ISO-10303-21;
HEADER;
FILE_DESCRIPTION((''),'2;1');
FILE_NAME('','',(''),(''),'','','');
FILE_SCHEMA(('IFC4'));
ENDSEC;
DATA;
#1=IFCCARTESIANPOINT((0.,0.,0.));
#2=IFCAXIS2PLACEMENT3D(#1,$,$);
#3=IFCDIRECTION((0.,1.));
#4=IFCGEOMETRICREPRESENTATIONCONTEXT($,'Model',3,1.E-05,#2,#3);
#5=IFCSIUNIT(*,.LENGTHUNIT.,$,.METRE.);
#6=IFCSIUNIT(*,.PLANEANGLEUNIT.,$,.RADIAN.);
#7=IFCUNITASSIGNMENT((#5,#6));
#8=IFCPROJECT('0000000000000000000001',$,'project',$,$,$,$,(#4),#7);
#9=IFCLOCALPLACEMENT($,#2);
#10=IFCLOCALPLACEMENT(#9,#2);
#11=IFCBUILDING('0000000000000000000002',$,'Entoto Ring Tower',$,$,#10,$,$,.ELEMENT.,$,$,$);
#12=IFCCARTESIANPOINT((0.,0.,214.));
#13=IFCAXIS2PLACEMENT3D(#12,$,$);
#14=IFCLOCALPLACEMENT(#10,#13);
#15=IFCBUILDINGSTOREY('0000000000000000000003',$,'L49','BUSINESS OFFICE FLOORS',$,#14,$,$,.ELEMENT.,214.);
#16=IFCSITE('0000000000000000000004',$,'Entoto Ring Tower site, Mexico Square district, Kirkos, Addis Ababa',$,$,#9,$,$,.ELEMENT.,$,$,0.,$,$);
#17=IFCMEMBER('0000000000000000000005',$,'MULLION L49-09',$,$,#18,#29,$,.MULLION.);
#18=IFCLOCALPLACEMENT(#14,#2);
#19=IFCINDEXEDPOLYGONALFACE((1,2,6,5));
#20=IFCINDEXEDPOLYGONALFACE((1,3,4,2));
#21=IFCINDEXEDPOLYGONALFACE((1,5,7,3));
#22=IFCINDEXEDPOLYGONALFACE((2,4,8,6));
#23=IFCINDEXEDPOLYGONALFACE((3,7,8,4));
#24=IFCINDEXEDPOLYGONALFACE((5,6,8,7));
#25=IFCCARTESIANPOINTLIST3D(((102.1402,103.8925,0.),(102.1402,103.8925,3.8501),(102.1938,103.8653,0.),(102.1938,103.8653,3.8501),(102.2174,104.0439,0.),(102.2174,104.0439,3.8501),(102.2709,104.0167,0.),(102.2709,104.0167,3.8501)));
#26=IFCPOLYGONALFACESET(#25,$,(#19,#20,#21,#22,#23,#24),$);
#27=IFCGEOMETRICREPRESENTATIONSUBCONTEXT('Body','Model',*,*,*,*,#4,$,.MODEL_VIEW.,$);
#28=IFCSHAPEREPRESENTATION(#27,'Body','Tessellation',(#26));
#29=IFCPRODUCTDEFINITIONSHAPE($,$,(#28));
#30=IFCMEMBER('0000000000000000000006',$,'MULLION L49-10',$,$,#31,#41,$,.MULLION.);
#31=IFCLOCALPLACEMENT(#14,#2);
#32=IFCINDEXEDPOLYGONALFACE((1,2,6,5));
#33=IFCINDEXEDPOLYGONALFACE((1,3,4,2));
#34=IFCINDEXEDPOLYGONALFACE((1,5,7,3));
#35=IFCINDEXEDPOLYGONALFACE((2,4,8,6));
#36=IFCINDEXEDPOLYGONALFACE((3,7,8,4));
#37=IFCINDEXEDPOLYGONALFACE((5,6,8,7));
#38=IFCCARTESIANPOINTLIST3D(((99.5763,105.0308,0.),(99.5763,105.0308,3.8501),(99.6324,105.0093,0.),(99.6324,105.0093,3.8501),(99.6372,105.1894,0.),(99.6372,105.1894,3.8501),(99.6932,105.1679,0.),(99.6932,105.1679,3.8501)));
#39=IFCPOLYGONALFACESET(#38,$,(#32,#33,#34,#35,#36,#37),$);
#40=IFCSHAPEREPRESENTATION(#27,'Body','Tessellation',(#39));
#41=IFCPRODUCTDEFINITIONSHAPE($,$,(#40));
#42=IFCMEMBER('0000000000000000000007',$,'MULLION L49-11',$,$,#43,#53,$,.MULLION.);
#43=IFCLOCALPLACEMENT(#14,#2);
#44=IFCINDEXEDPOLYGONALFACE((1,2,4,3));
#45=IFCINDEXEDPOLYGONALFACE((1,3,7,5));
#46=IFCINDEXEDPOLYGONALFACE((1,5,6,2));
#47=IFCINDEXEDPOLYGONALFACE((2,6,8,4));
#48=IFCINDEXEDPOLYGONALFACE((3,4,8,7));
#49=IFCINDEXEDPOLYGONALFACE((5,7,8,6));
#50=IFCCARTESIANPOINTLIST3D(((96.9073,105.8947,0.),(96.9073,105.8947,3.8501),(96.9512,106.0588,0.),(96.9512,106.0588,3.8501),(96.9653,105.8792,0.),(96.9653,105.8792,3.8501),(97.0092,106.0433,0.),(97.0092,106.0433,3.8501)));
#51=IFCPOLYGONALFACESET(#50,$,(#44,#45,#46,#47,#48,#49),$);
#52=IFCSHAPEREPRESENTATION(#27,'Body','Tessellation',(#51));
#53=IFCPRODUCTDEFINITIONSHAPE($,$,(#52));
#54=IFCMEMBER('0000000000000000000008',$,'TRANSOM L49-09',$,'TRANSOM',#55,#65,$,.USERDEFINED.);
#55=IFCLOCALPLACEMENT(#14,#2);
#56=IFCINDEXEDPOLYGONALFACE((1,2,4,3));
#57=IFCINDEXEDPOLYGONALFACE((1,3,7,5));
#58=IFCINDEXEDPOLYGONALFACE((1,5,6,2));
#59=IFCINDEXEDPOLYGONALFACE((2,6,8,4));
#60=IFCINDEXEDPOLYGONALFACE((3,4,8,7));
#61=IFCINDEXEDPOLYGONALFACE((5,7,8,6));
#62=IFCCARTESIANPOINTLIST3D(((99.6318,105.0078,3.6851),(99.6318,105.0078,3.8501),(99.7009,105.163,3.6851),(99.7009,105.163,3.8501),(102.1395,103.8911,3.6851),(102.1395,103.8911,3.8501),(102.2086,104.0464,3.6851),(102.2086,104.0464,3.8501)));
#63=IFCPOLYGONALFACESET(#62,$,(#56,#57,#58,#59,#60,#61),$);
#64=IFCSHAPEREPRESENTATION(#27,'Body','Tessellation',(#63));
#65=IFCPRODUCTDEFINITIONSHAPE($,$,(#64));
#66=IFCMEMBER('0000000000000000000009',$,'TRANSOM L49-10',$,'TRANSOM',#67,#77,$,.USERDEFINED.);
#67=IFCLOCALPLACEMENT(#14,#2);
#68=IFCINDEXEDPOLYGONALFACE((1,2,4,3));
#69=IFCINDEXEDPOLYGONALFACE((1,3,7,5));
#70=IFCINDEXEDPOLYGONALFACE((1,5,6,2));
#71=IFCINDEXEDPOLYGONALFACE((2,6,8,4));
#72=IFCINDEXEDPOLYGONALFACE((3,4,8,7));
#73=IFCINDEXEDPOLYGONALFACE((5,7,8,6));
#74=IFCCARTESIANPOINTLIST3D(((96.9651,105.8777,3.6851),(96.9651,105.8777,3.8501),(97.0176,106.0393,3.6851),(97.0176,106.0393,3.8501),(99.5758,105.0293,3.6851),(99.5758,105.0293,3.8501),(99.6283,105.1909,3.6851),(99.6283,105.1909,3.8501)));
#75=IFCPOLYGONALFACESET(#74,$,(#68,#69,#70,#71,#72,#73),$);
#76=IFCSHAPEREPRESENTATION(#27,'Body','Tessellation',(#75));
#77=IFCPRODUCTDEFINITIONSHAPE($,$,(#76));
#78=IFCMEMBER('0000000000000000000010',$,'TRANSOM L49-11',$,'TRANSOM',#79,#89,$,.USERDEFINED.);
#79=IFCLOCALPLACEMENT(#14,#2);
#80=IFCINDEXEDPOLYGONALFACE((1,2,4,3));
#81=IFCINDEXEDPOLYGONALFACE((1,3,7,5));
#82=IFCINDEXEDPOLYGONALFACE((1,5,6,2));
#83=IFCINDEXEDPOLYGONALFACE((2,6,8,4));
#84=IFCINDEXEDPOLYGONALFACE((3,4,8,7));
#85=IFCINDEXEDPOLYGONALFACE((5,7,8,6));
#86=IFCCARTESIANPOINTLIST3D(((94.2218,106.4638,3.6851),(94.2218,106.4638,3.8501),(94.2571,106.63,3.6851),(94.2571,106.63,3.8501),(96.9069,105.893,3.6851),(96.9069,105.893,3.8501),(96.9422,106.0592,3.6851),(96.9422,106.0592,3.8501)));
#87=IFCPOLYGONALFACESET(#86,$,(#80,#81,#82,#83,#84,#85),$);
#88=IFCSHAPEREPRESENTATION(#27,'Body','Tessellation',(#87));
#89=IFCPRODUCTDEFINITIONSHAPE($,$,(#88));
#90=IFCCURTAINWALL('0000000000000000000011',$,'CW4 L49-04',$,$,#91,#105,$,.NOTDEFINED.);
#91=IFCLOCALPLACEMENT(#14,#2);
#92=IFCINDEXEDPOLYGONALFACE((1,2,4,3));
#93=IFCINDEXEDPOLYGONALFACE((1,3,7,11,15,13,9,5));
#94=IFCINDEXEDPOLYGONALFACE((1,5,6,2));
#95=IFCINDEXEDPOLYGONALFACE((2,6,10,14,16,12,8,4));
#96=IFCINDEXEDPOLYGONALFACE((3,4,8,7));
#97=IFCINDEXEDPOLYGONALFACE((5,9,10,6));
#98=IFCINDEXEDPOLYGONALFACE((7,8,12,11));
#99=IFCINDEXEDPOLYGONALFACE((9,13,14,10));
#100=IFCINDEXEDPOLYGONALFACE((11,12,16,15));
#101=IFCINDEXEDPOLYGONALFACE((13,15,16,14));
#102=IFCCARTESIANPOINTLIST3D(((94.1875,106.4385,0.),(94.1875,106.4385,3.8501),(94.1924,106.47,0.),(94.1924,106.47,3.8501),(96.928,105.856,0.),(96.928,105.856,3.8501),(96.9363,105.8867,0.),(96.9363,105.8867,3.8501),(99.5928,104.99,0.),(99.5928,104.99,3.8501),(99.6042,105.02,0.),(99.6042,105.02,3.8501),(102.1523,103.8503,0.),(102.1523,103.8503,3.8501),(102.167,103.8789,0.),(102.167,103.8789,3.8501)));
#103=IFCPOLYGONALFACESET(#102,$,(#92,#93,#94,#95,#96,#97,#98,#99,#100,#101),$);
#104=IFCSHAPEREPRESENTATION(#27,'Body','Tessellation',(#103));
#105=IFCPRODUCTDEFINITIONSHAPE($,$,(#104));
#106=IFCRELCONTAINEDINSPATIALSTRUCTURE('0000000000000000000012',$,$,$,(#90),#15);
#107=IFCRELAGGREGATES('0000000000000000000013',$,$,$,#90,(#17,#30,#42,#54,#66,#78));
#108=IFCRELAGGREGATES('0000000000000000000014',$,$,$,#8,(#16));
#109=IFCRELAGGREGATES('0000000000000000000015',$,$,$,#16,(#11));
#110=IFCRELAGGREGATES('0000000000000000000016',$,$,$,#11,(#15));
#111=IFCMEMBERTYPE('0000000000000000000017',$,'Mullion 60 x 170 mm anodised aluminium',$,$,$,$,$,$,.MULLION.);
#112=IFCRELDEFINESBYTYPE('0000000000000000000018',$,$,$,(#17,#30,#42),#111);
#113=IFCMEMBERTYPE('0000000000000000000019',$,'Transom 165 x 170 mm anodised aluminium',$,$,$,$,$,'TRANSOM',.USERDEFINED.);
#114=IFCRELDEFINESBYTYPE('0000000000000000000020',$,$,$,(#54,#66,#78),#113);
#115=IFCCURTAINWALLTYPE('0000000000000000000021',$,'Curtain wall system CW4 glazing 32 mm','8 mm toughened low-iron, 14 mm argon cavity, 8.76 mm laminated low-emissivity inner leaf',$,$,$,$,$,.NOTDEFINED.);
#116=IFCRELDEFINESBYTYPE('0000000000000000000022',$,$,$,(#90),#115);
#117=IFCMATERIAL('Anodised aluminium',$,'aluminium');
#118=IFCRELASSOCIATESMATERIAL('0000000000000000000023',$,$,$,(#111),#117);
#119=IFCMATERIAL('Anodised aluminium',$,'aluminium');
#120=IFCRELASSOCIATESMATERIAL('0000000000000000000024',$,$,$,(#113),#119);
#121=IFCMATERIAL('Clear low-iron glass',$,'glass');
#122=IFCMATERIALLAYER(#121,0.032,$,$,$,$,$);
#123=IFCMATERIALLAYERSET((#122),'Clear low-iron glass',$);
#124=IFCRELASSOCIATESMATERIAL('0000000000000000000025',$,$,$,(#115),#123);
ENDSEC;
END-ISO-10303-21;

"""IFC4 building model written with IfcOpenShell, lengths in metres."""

from ifc_helpers import new_model, si_unit, direction, frame, origin, origin_2d, place, context, subcontext, project, spatial, polyline, rectangle, outline, extrude, material, layer, layer_set, material_profile, profile_set, type_object, element, aggregate, save


model = new_model("IFC4")

# Units and contexts
model_context = context("Model", 3, precision=1e-05, world=origin(), true_north=direction((0.0, 1.0)))
body_context = subcontext(model_context, "Body", "Model", "MODEL_VIEW")
ifc_project = project(units=[si_unit("LENGTHUNIT", "METRE"), si_unit("PLANEANGLEUNIT", "RADIAN")], contexts=[model_context])

# Members
ifc_material_1 = material(Name="Anodised aluminium", Category="aluminium")
ifc_material_profile_1 = material_profile(ifc_material_1, rectangle(XDim=0.0601, YDim=0.1699, at=origin_2d()), Name="Mullion 60 x 170 mm anodised aluminium")
ifc_profile_set_1 = profile_set([ifc_material_profile_1], Name="Anodised aluminium")
member_type_1 = type_object("IfcMemberType", Name="Mullion 60 x 170 mm anodised aluminium", PredefinedType="MULLION", material=ifc_profile_set_1)
site_placement = place(None, origin())
building_placement = place(site_placement, origin())
storey_placement = place(building_placement, frame((0.0, 0.0, 214.0)))
member_1_placement = place(storey_placement, frame((102.2056, 103.9546, 0.0), z_axis=(0.0, 0.0, 1.0), x_axis=(-0.891007, 0.45399, 0.0)))
member_1 = element("IfcMember", 1, at=member_1_placement, type_object=member_type_1, Name="MULLION L49-09", PredefinedType="MULLION", context=body_context, shape_type="SweptSolid", body=[
    extrude(rectangle(XDim=0.0601, YDim=0.1699, at=origin_2d()), origin(), (0.0, 0.0, 1.0), 3.8501),
])
member_2_placement = place(storey_placement, frame((99.6348, 105.0994, 0.0), z_axis=(0.0, 0.0, 1.0), x_axis=(-0.93358, 0.358368, 0.0)))
member_2 = element("IfcMember", 2, at=member_2_placement, type_object=member_type_1, Name="MULLION L49-10", PredefinedType="MULLION", context=body_context, shape_type="SweptSolid", body=[
    extrude(rectangle(XDim=0.0601, YDim=0.1699, at=origin_2d()), origin(), (0.0, 0.0, 1.0), 3.8501),
])
member_3_placement = place(storey_placement, frame((96.9583, 105.969, 0.0), z_axis=(0.0, 0.0, 1.0), x_axis=(-0.965926, 0.258819, 0.0)))
member_3 = element("IfcMember", 3, at=member_3_placement, type_object=member_type_1, Name="MULLION L49-11", PredefinedType="MULLION", context=body_context, shape_type="SweptSolid", body=[
    extrude(rectangle(XDim=0.0601, YDim=0.1699, at=origin_2d()), origin(), (0.0, 0.0, 1.0), 3.8501),
])
ifc_material_2 = material(Name="Anodised aluminium", Category="aluminium")
ifc_material_profile_2 = material_profile(ifc_material_2, rectangle(XDim=0.1699, YDim=0.165, at=origin_2d()), Name="Transom 165 x 170 mm anodised aluminium")
ifc_profile_set_2 = profile_set([ifc_material_profile_2], Name="Anodised aluminium")
member_type_2 = type_object("IfcMemberType", Name="Transom 165 x 170 mm anodised aluminium", ElementType="TRANSOM", PredefinedType="USERDEFINED", material=ifc_profile_set_2)
member_4_placement = place(storey_placement, frame((102.1741, 103.9688, 3.7676), z_axis=(-0.913525, 0.406782, 0.0), x_axis=(-0.406782, -0.913525, 0.0)))
member_4 = element("IfcMember", 4, at=member_4_placement, type_object=member_type_2, Name="TRANSOM L49-09", ObjectType="TRANSOM", PredefinedType="USERDEFINED", context=body_context, shape_type="SweptSolid", body=[
    extrude(rectangle(XDim=0.1699, YDim=0.165, at=origin_2d()), origin(), (0.0, 0.0, 1.0), 2.7451),
])
member_5_placement = place(storey_placement, frame((99.6021, 105.1101, 3.7676), z_axis=(-0.951048, 0.309042, 0.0), x_axis=(-0.309042, -0.951048, 0.0)))
member_5 = element("IfcMember", 5, at=member_5_placement, type_object=member_type_2, Name="TRANSOM L49-10", ObjectType="TRANSOM", PredefinedType="USERDEFINED", context=body_context, shape_type="SweptSolid", body=[
    extrude(rectangle(XDim=0.1699, YDim=0.165, at=origin_2d()), origin(), (0.0, 0.0, 1.0), 2.7451),
])
member_6_placement = place(storey_placement, frame((96.9246, 105.9761, 3.7676), z_axis=(-0.978142, 0.207937, 0.0), x_axis=(-0.207937, -0.978142, 0.0)))
member_6 = element("IfcMember", 6, at=member_6_placement, type_object=member_type_2, Name="TRANSOM L49-11", ObjectType="TRANSOM", PredefinedType="USERDEFINED", context=body_context, shape_type="SweptSolid", body=[
    extrude(rectangle(XDim=0.1699, YDim=0.165, at=origin_2d()), origin(), (0.0, 0.0, 1.0), 2.7451),
])

# Site, building, storey
site = spatial("IfcSite", under=ifc_project, at=site_placement, Name="Entoto Ring Tower site, Mexico Square district, Kirkos, Addis Ababa", CompositionType="ELEMENT", RefElevation=0.0)
building = spatial("IfcBuilding", under=site, at=building_placement, Name="Entoto Ring Tower", CompositionType="ELEMENT")
storey = spatial("IfcBuildingStorey", under=building, at=storey_placement, Name="L49", Description="BUSINESS OFFICE FLOORS", CompositionType="ELEMENT", Elevation=214.0)

# Curtain wall
ifc_material_3 = material(Name="Clear low-iron glass", Category="glass")
ifc_layer = layer(ifc_material_3, 0.032)
ifc_layer_set = layer_set([ifc_layer], Name="Clear low-iron glass")
curtain_wall_type = type_object("IfcCurtainWallType", Name="Curtain wall system CW4 glazing 32 mm", Description="8 mm toughened low-iron, 14 mm argon cavity, 8.76 mm laminated low-emissivity inner leaf", PredefinedType="NOTDEFINED", material=ifc_layer_set)
curtain_wall_1_placement = place(storey_placement, origin())
curtain_wall_1 = element("IfcCurtainWall", 7, at=curtain_wall_1_placement, inside=storey, type_object=curtain_wall_type, Name="CW4 L49-04", PredefinedType="NOTDEFINED", context=body_context, shape_type="SweptSolid", body=[
    extrude(outline(polyline([(102.167, 103.8789), (99.6042, 105.02), (96.9363, 105.8867), (94.1924, 106.47), (94.1875, 106.4385), (96.928, 105.856), (99.5928, 104.99), (102.1523, 103.8503), (102.167, 103.8789)])), origin(), (0.0, 0.0, 1.0), 3.8501),
])
aggregate(curtain_wall_1, [member_1, member_2, member_3, member_4, member_5, member_6])

save(model, "model.ifc")
